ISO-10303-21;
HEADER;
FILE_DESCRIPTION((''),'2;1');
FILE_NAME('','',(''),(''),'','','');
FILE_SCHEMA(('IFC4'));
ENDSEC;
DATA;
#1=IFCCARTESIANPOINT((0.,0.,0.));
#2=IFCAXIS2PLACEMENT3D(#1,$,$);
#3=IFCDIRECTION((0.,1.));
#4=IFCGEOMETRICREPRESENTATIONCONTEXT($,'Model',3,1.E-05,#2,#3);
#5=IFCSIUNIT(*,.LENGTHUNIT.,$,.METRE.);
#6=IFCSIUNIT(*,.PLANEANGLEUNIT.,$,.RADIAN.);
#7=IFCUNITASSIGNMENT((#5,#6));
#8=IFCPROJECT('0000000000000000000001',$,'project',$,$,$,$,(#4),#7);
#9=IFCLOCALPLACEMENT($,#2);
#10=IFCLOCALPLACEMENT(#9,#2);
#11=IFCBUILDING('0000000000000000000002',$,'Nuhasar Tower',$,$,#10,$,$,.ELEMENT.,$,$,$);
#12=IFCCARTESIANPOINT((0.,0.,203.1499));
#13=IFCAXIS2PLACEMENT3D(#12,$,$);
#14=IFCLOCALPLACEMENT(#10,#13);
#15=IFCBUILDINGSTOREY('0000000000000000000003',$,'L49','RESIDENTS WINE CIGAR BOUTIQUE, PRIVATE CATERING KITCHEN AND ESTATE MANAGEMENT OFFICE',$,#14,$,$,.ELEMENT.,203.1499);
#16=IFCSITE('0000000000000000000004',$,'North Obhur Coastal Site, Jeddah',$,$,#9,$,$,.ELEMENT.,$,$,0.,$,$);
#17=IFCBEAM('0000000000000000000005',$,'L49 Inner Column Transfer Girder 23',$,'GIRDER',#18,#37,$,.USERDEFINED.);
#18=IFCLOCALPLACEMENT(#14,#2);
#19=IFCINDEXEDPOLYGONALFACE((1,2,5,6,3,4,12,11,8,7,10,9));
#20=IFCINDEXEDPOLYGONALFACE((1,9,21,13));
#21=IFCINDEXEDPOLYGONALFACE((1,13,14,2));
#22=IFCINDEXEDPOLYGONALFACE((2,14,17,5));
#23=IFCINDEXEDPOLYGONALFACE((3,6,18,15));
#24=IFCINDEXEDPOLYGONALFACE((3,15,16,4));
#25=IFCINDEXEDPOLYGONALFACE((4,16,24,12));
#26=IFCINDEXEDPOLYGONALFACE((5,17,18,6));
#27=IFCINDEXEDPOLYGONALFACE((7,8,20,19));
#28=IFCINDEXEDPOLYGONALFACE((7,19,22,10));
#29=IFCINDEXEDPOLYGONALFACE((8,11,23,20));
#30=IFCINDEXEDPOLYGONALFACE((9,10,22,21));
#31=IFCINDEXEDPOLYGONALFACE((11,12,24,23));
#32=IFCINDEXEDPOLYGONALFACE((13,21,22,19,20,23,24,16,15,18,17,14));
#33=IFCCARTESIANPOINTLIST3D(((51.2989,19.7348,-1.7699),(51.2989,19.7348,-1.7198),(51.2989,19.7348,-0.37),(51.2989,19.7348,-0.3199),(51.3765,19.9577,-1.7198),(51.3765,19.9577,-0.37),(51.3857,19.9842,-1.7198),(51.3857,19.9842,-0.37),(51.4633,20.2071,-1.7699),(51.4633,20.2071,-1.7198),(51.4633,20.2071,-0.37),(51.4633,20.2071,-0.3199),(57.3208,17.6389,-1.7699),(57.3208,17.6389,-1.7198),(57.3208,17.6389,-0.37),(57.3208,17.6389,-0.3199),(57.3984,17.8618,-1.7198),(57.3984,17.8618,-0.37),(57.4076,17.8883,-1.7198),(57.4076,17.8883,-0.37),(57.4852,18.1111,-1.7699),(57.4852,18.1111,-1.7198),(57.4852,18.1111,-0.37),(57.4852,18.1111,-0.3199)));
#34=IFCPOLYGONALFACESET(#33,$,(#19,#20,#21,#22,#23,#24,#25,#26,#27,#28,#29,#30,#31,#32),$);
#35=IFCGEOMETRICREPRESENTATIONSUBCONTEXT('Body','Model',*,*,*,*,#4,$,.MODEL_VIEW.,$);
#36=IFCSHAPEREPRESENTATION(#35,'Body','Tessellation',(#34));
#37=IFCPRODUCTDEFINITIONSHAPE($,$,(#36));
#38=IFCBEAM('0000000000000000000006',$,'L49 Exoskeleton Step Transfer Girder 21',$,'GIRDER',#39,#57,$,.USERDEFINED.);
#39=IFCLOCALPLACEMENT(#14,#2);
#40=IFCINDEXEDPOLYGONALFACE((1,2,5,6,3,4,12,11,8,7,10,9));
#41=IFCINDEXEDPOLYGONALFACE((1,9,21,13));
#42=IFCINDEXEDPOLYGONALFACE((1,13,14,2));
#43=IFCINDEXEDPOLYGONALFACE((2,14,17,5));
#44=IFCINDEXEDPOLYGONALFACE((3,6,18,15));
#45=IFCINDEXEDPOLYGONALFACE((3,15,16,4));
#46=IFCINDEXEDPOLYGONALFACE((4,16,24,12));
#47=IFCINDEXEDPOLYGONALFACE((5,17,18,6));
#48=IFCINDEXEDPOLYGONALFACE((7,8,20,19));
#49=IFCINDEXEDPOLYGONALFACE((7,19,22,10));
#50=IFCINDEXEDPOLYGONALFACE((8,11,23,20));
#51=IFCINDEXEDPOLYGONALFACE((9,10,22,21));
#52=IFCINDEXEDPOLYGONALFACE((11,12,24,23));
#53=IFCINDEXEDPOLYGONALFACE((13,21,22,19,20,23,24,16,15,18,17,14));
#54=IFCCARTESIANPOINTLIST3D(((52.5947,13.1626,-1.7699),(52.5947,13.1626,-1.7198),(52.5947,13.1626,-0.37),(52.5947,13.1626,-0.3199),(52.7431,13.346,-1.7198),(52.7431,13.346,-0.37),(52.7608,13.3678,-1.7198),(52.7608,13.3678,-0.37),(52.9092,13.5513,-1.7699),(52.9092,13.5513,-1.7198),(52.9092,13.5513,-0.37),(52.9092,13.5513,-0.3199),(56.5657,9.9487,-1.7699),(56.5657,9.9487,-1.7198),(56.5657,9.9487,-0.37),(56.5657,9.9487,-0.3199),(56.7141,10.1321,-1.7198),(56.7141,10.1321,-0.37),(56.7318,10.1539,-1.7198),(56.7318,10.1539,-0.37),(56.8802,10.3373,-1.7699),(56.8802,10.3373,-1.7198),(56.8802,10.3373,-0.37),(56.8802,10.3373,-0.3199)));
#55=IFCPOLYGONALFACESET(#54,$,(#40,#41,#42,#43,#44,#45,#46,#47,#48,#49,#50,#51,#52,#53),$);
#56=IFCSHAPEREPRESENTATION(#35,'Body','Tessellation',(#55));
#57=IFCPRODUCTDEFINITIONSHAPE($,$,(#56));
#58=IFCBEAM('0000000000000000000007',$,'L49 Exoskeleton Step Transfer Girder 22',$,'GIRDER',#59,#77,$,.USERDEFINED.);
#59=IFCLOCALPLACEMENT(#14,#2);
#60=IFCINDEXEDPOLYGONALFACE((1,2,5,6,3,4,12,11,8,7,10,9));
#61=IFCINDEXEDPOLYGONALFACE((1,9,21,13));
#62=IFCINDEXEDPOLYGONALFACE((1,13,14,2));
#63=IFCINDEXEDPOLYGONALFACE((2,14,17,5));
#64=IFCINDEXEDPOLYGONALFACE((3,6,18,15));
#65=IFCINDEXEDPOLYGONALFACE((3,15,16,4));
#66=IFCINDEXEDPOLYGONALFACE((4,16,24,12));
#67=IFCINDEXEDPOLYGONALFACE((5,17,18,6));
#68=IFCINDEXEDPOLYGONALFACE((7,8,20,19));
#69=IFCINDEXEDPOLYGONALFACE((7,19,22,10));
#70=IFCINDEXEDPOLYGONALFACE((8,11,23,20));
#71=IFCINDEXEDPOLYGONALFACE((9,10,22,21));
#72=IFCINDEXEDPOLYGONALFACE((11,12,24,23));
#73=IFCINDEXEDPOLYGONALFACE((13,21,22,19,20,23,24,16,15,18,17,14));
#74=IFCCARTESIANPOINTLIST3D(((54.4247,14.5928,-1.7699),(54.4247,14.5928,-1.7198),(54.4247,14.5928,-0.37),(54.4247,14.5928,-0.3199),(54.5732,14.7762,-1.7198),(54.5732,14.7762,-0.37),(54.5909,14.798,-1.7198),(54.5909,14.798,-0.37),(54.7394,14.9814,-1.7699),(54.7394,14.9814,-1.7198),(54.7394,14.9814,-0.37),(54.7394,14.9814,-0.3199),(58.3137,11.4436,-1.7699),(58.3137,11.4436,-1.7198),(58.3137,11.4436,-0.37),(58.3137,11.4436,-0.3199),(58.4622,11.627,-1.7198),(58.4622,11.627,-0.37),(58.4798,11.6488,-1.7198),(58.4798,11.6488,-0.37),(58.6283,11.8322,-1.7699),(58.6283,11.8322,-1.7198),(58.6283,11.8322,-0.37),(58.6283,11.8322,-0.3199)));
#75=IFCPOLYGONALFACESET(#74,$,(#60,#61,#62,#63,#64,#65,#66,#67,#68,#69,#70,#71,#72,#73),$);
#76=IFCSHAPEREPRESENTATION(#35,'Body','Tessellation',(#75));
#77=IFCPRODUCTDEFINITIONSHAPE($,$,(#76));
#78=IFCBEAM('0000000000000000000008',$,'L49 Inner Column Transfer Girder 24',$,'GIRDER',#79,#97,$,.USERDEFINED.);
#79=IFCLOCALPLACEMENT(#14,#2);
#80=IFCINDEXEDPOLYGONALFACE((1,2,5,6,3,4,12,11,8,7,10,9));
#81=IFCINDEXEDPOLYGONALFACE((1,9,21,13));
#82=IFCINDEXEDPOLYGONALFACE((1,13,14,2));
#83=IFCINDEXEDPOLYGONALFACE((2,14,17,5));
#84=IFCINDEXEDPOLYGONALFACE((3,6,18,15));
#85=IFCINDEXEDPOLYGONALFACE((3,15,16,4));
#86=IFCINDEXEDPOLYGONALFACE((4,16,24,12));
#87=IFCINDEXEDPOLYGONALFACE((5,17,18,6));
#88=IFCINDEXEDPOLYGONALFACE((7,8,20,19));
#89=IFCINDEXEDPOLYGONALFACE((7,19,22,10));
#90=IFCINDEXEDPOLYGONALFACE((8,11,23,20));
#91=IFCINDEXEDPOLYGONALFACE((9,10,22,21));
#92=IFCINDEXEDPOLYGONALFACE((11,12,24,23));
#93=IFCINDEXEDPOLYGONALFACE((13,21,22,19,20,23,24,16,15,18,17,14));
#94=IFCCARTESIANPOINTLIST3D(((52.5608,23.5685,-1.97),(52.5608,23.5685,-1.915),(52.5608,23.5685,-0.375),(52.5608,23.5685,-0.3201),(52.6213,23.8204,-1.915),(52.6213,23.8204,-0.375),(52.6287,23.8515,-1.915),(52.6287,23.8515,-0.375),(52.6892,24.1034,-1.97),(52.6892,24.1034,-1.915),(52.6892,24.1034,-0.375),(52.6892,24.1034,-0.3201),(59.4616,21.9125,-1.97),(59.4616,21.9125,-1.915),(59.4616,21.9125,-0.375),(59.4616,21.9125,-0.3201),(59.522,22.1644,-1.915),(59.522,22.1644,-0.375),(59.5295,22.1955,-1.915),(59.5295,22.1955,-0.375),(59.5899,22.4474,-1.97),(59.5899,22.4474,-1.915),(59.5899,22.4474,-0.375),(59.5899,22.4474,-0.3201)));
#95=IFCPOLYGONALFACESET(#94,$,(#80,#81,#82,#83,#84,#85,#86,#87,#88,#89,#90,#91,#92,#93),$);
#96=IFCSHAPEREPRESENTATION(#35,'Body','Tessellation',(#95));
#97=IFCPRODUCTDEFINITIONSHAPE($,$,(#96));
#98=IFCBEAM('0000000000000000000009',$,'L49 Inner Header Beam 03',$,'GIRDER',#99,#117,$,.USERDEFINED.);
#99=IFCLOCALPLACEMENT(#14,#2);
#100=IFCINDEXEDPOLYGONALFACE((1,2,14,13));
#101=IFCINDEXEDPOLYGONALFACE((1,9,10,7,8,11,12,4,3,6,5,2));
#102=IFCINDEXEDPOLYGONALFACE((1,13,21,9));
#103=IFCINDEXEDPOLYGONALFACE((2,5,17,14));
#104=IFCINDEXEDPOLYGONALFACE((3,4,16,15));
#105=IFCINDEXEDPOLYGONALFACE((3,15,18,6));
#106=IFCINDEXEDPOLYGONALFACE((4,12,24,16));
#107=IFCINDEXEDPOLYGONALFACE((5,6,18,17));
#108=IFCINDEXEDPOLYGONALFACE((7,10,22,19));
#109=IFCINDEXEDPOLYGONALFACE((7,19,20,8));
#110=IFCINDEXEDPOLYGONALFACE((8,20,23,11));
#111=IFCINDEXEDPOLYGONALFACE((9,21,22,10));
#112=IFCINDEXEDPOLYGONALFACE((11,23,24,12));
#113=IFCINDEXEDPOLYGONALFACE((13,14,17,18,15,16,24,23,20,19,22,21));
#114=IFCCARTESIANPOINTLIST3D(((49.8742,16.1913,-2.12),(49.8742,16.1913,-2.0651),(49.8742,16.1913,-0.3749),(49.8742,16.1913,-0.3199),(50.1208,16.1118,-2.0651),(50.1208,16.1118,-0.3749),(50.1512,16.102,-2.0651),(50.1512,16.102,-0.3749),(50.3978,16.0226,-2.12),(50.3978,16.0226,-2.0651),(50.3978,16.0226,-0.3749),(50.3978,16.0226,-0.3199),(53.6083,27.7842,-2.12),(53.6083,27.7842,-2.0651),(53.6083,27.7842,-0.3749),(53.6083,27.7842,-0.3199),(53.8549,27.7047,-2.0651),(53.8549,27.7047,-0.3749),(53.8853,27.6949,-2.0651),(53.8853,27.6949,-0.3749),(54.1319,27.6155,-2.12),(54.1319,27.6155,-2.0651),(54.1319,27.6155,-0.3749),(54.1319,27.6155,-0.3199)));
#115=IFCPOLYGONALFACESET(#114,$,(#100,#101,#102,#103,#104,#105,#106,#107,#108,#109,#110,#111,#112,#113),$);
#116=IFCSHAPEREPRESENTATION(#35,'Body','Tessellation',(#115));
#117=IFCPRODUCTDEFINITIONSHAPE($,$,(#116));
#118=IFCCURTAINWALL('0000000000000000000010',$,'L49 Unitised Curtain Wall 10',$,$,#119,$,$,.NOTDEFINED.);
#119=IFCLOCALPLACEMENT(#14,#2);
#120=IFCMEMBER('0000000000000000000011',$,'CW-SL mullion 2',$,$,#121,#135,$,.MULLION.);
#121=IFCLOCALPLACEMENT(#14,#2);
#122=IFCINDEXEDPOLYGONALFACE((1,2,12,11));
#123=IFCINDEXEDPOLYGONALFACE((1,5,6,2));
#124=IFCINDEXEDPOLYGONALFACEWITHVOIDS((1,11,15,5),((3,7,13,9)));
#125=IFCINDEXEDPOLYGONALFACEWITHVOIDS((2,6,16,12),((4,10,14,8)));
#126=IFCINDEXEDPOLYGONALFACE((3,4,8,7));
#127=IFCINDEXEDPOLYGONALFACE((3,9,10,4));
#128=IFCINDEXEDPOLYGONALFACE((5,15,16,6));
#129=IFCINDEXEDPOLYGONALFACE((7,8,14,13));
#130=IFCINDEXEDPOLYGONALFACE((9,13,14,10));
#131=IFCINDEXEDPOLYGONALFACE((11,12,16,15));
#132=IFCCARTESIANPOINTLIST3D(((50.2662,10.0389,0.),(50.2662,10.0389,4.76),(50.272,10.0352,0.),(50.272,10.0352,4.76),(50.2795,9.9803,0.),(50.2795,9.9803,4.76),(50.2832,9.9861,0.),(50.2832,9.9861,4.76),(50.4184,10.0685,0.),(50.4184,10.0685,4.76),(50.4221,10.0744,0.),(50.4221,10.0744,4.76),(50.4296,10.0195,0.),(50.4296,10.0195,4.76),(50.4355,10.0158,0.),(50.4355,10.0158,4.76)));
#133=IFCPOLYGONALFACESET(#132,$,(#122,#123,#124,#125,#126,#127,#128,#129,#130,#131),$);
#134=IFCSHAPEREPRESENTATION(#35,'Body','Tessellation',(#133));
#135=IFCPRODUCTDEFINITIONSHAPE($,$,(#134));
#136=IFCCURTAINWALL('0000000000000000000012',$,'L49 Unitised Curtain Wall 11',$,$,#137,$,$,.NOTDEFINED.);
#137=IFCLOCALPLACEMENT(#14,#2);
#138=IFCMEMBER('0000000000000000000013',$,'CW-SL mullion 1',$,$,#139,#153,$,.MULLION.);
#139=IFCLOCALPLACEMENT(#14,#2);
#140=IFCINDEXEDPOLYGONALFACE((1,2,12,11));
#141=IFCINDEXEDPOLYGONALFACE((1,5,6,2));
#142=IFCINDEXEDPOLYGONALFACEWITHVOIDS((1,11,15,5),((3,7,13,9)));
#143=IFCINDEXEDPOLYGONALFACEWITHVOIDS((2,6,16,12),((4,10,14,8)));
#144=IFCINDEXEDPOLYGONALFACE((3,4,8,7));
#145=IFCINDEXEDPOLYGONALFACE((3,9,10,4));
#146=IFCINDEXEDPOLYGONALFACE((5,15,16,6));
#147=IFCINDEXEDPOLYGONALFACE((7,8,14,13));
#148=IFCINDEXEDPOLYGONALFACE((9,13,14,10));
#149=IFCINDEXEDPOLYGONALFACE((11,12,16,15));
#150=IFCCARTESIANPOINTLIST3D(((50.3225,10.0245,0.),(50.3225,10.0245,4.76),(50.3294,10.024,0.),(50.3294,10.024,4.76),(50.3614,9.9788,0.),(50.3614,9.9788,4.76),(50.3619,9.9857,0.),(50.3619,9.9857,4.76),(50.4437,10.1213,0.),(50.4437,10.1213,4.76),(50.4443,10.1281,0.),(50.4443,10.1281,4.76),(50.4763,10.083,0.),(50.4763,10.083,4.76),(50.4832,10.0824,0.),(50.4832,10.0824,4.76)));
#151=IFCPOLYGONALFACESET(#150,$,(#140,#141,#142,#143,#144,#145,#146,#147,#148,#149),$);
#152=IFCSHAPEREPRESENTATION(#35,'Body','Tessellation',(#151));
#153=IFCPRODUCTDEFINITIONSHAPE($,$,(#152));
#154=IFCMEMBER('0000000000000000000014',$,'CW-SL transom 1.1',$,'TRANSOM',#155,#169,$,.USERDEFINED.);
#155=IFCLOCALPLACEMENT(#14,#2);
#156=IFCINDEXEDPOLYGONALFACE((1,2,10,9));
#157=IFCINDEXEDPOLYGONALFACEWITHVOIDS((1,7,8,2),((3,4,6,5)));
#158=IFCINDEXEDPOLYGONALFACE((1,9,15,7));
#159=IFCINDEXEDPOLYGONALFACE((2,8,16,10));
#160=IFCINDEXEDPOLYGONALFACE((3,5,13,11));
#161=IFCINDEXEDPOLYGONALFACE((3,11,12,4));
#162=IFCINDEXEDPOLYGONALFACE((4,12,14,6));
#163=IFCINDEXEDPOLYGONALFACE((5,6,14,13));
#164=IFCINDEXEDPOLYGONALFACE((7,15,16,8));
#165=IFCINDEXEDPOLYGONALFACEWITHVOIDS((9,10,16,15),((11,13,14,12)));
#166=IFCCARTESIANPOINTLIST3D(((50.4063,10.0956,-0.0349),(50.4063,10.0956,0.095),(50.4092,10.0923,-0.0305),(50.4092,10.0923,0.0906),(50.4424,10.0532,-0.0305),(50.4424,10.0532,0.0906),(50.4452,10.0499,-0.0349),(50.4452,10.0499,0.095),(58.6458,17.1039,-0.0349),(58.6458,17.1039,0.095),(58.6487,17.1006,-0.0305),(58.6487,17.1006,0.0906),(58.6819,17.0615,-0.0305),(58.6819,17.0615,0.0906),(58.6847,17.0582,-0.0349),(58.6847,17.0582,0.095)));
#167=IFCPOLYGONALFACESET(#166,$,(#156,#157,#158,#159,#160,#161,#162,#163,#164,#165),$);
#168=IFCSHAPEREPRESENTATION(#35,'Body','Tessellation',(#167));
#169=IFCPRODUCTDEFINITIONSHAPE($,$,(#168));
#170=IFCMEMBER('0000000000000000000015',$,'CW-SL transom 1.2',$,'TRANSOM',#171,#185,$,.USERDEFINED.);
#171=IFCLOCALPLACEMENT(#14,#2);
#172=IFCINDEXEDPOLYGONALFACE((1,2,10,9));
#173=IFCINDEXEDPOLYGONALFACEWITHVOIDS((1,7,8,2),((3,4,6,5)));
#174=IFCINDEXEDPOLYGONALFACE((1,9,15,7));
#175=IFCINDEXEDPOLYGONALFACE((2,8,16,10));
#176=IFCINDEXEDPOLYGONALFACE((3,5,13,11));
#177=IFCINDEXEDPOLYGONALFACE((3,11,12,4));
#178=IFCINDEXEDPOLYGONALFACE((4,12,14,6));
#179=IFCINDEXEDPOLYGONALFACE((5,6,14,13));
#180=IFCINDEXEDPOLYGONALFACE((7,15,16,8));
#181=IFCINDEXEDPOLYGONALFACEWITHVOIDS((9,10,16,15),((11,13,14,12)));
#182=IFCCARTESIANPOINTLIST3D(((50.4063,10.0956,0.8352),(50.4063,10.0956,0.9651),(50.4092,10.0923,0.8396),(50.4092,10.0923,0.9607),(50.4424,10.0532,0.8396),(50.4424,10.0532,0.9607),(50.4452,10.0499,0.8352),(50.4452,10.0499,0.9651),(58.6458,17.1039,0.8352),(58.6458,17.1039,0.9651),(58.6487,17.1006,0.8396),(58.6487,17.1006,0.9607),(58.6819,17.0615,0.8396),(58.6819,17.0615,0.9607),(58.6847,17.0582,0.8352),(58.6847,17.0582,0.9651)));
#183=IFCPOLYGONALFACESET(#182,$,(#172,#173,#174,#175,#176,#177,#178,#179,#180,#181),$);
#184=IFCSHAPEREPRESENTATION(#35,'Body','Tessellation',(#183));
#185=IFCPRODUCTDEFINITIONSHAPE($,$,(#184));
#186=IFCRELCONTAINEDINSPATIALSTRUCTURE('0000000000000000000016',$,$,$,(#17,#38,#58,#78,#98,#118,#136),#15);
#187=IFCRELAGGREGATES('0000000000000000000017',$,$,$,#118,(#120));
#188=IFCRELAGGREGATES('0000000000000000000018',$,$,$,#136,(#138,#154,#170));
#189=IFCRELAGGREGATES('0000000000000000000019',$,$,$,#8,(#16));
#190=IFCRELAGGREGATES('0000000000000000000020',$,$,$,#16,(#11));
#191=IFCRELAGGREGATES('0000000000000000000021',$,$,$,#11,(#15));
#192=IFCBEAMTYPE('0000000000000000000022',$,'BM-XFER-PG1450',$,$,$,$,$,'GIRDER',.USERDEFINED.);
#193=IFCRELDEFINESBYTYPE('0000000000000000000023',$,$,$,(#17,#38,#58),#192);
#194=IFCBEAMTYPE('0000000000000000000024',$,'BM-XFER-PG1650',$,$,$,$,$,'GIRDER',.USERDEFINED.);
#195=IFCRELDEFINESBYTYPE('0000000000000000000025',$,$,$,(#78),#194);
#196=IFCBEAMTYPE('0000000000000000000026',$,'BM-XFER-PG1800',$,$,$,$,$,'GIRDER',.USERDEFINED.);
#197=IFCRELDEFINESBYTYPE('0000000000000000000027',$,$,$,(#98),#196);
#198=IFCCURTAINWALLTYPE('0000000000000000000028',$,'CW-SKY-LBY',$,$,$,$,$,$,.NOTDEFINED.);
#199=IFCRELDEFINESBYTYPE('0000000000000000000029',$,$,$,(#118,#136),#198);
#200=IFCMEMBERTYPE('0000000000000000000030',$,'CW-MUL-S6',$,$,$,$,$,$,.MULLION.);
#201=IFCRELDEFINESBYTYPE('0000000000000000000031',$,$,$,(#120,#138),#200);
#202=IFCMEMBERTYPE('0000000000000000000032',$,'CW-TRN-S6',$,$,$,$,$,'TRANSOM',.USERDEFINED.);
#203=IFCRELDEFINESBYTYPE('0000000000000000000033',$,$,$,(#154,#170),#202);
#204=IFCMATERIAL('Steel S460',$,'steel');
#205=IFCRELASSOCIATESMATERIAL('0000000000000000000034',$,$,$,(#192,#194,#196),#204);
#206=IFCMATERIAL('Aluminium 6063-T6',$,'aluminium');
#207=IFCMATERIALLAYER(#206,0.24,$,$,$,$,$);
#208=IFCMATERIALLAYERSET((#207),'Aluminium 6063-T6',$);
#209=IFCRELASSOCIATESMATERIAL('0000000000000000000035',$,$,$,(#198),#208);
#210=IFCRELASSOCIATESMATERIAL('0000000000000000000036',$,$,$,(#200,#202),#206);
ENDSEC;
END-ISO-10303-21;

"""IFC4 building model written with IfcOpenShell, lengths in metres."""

from ifc_helpers import new_model, si_unit, direction, frame, origin, origin_2d, place, context, subcontext, project, spatial, hollow_rectangle, i_section, extrude, material, layer, layer_set, material_profile, profile_set, type_object, element, aggregate, save


model = new_model("IFC4")

# Units and contexts
model_context = context("Model", 3, precision=1e-05, world=origin(), true_north=direction((0.0, 1.0)))
body_context = subcontext(model_context, "Body", "Model", "MODEL_VIEW")
ifc_project = project(units=[si_unit("LENGTHUNIT", "METRE"), si_unit("PLANEANGLEUNIT", "RADIAN")], contexts=[model_context])

# Site, building, storey
site_placement = place(None, origin())
site = spatial("IfcSite", under=ifc_project, at=site_placement, Name="North Obhur Coastal Site, Jeddah", CompositionType="ELEMENT", RefElevation=0.0)
building_placement = place(site_placement, origin())
building = spatial("IfcBuilding", under=site, at=building_placement, Name="Nuhasar Tower", CompositionType="ELEMENT")
storey_placement = place(building_placement, frame((0.0, 0.0, 203.1499)))
storey = spatial("IfcBuildingStorey", under=building, at=storey_placement, Name="L49", Description="RESIDENTS WINE CIGAR BOUTIQUE, PRIVATE CATERING KITCHEN AND ESTATE MANAGEMENT OFFICE", CompositionType="ELEMENT", Elevation=203.1499)

# Beams
ifc_material_1 = material(Name="Steel S460", Category="steel")
ifc_material_profile_1 = material_profile(ifc_material_1, i_section(OverallWidth=0.5, OverallDepth=1.45, WebThickness=0.0281, FlangeThickness=0.05, at=origin_2d()), Name="PG1450X500")
ifc_profile_set_1 = profile_set([ifc_material_profile_1], Name="Steel S460")
beam_type_1 = type_object("IfcBeamType", Name="BM-XFER-PG1450", ElementType="GIRDER", PredefinedType="USERDEFINED", material=ifc_profile_set_1)
beam_1_placement = place(storey_placement, frame((51.3811, 19.9709, -1.0449), z_axis=(0.944431, -0.328709, 0.0), x_axis=(0.328709, 0.944431, 0.0)))
element("IfcBeam", 1, at=beam_1_placement, inside=storey, type_object=beam_type_1, Name="L49 Inner Column Transfer Girder 23", ObjectType="GIRDER", PredefinedType="USERDEFINED", context=body_context, shape_type="SweptSolid", body=[
    extrude(i_section(OverallWidth=0.5, OverallDepth=1.45, WebThickness=0.0281, FlangeThickness=0.05, at=origin_2d()), origin(), (0.0, 0.0, 1.0), 6.3762),
])
beam_2_placement = place(storey_placement, frame((52.752, 13.3569, -1.0449), z_axis=(0.777313, -0.629114, 0.0), x_axis=(0.629114, 0.777313, 0.0)))
element("IfcBeam", 2, at=beam_2_placement, inside=storey, type_object=beam_type_1, Name="L49 Exoskeleton Step Transfer Girder 21", ObjectType="GIRDER", PredefinedType="USERDEFINED", context=body_context, shape_type="SweptSolid", body=[
    extrude(i_section(OverallWidth=0.5, OverallDepth=1.45, WebThickness=0.0281, FlangeThickness=0.05, at=origin_2d()), origin(), (0.0, 0.0, 1.0), 5.1086),
])
beam_3_placement = place(storey_placement, frame((54.582, 14.7871, -1.0449), z_axis=(0.777147, -0.629319, 0.0), x_axis=(0.629319, 0.777147, 0.0)))
element("IfcBeam", 3, at=beam_3_placement, inside=storey, type_object=beam_type_1, Name="L49 Exoskeleton Step Transfer Girder 22", ObjectType="GIRDER", PredefinedType="USERDEFINED", context=body_context, shape_type="SweptSolid", body=[
    extrude(i_section(OverallWidth=0.5, OverallDepth=1.45, WebThickness=0.0281, FlangeThickness=0.05, at=origin_2d()), origin(), (0.0, 0.0, 1.0), 5.0042),
])
ifc_material_profile_2 = material_profile(ifc_material_1, i_section(OverallWidth=0.55, OverallDepth=1.6499, WebThickness=0.032, FlangeThickness=0.0549, at=origin_2d()), Name="PG1650X550")
ifc_profile_set_2 = profile_set([ifc_material_profile_2], Name="Steel S460")
beam_type_2 = type_object("IfcBeamType", Name="BM-XFER-PG1650", ElementType="GIRDER", PredefinedType="USERDEFINED", material=ifc_profile_set_2)
beam_4_placement = place(storey_placement, frame((52.625, 23.8359, -1.145), z_axis=(0.972394, -0.233346, 0.0), x_axis=(0.233346, 0.972394, 0.0)))
element("IfcBeam", 4, at=beam_4_placement, inside=storey, type_object=beam_type_2, Name="L49 Inner Column Transfer Girder 24", ObjectType="GIRDER", PredefinedType="USERDEFINED", context=body_context, shape_type="SweptSolid", body=[
    extrude(i_section(OverallWidth=0.55, OverallDepth=1.6499, WebThickness=0.032, FlangeThickness=0.0549, at=origin_2d()), origin(), (0.0, 0.0, 1.0), 7.0967),
])
ifc_material_profile_3 = material_profile(ifc_material_1, i_section(OverallWidth=0.55, OverallDepth=1.8, WebThickness=0.032, FlangeThickness=0.0549, at=origin_2d()), Name="PG1800X550")
ifc_profile_set_3 = profile_set([ifc_material_profile_3], Name="Steel S460")
beam_type_3 = type_object("IfcBeamType", Name="BM-XFER-PG1800", ElementType="GIRDER", PredefinedType="USERDEFINED", material=ifc_profile_set_3)
beam_5_placement = place(storey_placement, frame((50.136, 16.1069, -1.22), z_axis=(0.30659, 0.951842, 0.0), x_axis=(-0.951842, 0.30659, 0.0)))
element("IfcBeam", 5, at=beam_5_placement, inside=storey, type_object=beam_type_3, Name="L49 Inner Header Beam 03", ObjectType="GIRDER", PredefinedType="USERDEFINED", context=body_context, shape_type="SweptSolid", body=[
    extrude(i_section(OverallWidth=0.55, OverallDepth=1.8, WebThickness=0.032, FlangeThickness=0.0549, at=origin_2d()), origin(), (0.0, 0.0, 1.0), 12.1794),
])

# Curtain wall, member
ifc_material_2 = material(Name="Aluminium 6063-T6", Category="aluminium")
ifc_layer_1 = layer(ifc_material_2, 0.24)
ifc_layer_set_1 = layer_set([ifc_layer_1], Name="Aluminium 6063-T6")
curtain_wall_type = type_object("IfcCurtainWallType", Name="CW-SKY-LBY", PredefinedType="NOTDEFINED", material=ifc_layer_set_1)
curtain_wall_1_placement = place(storey_placement, origin())
curtain_wall_1 = element("IfcCurtainWall", 6, at=curtain_wall_1_placement, inside=storey, type_object=curtain_wall_type, Name="L49 Unitised Curtain Wall 10", PredefinedType="NOTDEFINED")
ifc_material_profile_4 = material_profile(ifc_material_2, hollow_rectangle(XDim=0.0601, YDim=0.1599, WallThickness=0.0049, at=origin_2d()), Name="CWM-6")
ifc_profile_set_4 = profile_set([ifc_material_profile_4], Name="Aluminium 6063-T6")
member_type_1 = type_object("IfcMemberType", Name="CW-MUL-S6", PredefinedType="MULLION", material=ifc_profile_set_4)
member_1_placement = place(storey_placement, frame((50.3508, 10.0273, 0.0), z_axis=(0.0, 0.0, 1.0), x_axis=(-0.222243, 0.974991, 0.0)))
member_1 = element("IfcMember", 7, at=member_1_placement, type_object=member_type_1, Name="CW-SL mullion 2", PredefinedType="MULLION", context=body_context, shape_type="SweptSolid", body=[
    extrude(hollow_rectangle(XDim=0.0601, YDim=0.1599, WallThickness=0.0049, at=origin_2d()), origin(), (0.0, 0.0, 1.0), 4.76),
])
aggregate(curtain_wall_1, [member_1])

# Curtain wall, members
curtain_wall_2_placement = place(storey_placement, origin())
curtain_wall_2 = element("IfcCurtainWall", 8, at=curtain_wall_2_placement, inside=storey, type_object=curtain_wall_type, Name="L49 Unitised Curtain Wall 11", PredefinedType="NOTDEFINED")
member_2_placement = place(storey_placement, frame((50.4028, 10.0535, 0.0), z_axis=(0.0, 0.0, 1.0), x_axis=(-0.647895, 0.761729, 0.0)))
member_2 = element("IfcMember", 9, at=member_2_placement, type_object=member_type_1, Name="CW-SL mullion 1", PredefinedType="MULLION", context=body_context, shape_type="SweptSolid", body=[
    extrude(hollow_rectangle(XDim=0.0601, YDim=0.1599, WallThickness=0.0049, at=origin_2d()), origin(), (0.0, 0.0, 1.0), 4.76),
])
ifc_material_profile_5 = material_profile(ifc_material_2, hollow_rectangle(XDim=0.0601, YDim=0.1299, WallThickness=0.0044, at=origin_2d()), Name="CWT-6")
ifc_profile_set_5 = profile_set([ifc_material_profile_5], Name="Aluminium 6063-T6")
member_type_2 = type_object("IfcMemberType", Name="CW-TRN-S6", ElementType="TRANSOM", PredefinedType="USERDEFINED", material=ifc_profile_set_5)
member_3_placement = place(storey_placement, frame((50.4258, 10.0728, 0.03), z_axis=(0.761724, 0.647902, 0.0), x_axis=(-0.647902, 0.761724, 0.0)))
member_3 = element("IfcMember", 10, at=member_3_placement, type_object=member_type_2, Name="CW-SL transom 1.1", ObjectType="TRANSOM", PredefinedType="USERDEFINED", context=body_context, shape_type="SweptSolid", body=[
    extrude(hollow_rectangle(XDim=0.0601, YDim=0.1299, WallThickness=0.0044, at=origin_2d()), origin(), (0.0, 0.0, 1.0), 10.8169),
])
member_4_placement = place(storey_placement, frame((50.4258, 10.0728, 0.9001), z_axis=(0.761724, 0.647902, 0.0), x_axis=(-0.647902, 0.761724, 0.0)))
member_4 = element("IfcMember", 11, at=member_4_placement, type_object=member_type_2, Name="CW-SL transom 1.2", ObjectType="TRANSOM", PredefinedType="USERDEFINED", context=body_context, shape_type="SweptSolid", body=[
    extrude(hollow_rectangle(XDim=0.0601, YDim=0.1299, WallThickness=0.0044, at=origin_2d()), origin(), (0.0, 0.0, 1.0), 10.8169),
])

aggregate(curtain_wall_2, [member_2, member_3, member_4])

save(model, "model.ifc")
